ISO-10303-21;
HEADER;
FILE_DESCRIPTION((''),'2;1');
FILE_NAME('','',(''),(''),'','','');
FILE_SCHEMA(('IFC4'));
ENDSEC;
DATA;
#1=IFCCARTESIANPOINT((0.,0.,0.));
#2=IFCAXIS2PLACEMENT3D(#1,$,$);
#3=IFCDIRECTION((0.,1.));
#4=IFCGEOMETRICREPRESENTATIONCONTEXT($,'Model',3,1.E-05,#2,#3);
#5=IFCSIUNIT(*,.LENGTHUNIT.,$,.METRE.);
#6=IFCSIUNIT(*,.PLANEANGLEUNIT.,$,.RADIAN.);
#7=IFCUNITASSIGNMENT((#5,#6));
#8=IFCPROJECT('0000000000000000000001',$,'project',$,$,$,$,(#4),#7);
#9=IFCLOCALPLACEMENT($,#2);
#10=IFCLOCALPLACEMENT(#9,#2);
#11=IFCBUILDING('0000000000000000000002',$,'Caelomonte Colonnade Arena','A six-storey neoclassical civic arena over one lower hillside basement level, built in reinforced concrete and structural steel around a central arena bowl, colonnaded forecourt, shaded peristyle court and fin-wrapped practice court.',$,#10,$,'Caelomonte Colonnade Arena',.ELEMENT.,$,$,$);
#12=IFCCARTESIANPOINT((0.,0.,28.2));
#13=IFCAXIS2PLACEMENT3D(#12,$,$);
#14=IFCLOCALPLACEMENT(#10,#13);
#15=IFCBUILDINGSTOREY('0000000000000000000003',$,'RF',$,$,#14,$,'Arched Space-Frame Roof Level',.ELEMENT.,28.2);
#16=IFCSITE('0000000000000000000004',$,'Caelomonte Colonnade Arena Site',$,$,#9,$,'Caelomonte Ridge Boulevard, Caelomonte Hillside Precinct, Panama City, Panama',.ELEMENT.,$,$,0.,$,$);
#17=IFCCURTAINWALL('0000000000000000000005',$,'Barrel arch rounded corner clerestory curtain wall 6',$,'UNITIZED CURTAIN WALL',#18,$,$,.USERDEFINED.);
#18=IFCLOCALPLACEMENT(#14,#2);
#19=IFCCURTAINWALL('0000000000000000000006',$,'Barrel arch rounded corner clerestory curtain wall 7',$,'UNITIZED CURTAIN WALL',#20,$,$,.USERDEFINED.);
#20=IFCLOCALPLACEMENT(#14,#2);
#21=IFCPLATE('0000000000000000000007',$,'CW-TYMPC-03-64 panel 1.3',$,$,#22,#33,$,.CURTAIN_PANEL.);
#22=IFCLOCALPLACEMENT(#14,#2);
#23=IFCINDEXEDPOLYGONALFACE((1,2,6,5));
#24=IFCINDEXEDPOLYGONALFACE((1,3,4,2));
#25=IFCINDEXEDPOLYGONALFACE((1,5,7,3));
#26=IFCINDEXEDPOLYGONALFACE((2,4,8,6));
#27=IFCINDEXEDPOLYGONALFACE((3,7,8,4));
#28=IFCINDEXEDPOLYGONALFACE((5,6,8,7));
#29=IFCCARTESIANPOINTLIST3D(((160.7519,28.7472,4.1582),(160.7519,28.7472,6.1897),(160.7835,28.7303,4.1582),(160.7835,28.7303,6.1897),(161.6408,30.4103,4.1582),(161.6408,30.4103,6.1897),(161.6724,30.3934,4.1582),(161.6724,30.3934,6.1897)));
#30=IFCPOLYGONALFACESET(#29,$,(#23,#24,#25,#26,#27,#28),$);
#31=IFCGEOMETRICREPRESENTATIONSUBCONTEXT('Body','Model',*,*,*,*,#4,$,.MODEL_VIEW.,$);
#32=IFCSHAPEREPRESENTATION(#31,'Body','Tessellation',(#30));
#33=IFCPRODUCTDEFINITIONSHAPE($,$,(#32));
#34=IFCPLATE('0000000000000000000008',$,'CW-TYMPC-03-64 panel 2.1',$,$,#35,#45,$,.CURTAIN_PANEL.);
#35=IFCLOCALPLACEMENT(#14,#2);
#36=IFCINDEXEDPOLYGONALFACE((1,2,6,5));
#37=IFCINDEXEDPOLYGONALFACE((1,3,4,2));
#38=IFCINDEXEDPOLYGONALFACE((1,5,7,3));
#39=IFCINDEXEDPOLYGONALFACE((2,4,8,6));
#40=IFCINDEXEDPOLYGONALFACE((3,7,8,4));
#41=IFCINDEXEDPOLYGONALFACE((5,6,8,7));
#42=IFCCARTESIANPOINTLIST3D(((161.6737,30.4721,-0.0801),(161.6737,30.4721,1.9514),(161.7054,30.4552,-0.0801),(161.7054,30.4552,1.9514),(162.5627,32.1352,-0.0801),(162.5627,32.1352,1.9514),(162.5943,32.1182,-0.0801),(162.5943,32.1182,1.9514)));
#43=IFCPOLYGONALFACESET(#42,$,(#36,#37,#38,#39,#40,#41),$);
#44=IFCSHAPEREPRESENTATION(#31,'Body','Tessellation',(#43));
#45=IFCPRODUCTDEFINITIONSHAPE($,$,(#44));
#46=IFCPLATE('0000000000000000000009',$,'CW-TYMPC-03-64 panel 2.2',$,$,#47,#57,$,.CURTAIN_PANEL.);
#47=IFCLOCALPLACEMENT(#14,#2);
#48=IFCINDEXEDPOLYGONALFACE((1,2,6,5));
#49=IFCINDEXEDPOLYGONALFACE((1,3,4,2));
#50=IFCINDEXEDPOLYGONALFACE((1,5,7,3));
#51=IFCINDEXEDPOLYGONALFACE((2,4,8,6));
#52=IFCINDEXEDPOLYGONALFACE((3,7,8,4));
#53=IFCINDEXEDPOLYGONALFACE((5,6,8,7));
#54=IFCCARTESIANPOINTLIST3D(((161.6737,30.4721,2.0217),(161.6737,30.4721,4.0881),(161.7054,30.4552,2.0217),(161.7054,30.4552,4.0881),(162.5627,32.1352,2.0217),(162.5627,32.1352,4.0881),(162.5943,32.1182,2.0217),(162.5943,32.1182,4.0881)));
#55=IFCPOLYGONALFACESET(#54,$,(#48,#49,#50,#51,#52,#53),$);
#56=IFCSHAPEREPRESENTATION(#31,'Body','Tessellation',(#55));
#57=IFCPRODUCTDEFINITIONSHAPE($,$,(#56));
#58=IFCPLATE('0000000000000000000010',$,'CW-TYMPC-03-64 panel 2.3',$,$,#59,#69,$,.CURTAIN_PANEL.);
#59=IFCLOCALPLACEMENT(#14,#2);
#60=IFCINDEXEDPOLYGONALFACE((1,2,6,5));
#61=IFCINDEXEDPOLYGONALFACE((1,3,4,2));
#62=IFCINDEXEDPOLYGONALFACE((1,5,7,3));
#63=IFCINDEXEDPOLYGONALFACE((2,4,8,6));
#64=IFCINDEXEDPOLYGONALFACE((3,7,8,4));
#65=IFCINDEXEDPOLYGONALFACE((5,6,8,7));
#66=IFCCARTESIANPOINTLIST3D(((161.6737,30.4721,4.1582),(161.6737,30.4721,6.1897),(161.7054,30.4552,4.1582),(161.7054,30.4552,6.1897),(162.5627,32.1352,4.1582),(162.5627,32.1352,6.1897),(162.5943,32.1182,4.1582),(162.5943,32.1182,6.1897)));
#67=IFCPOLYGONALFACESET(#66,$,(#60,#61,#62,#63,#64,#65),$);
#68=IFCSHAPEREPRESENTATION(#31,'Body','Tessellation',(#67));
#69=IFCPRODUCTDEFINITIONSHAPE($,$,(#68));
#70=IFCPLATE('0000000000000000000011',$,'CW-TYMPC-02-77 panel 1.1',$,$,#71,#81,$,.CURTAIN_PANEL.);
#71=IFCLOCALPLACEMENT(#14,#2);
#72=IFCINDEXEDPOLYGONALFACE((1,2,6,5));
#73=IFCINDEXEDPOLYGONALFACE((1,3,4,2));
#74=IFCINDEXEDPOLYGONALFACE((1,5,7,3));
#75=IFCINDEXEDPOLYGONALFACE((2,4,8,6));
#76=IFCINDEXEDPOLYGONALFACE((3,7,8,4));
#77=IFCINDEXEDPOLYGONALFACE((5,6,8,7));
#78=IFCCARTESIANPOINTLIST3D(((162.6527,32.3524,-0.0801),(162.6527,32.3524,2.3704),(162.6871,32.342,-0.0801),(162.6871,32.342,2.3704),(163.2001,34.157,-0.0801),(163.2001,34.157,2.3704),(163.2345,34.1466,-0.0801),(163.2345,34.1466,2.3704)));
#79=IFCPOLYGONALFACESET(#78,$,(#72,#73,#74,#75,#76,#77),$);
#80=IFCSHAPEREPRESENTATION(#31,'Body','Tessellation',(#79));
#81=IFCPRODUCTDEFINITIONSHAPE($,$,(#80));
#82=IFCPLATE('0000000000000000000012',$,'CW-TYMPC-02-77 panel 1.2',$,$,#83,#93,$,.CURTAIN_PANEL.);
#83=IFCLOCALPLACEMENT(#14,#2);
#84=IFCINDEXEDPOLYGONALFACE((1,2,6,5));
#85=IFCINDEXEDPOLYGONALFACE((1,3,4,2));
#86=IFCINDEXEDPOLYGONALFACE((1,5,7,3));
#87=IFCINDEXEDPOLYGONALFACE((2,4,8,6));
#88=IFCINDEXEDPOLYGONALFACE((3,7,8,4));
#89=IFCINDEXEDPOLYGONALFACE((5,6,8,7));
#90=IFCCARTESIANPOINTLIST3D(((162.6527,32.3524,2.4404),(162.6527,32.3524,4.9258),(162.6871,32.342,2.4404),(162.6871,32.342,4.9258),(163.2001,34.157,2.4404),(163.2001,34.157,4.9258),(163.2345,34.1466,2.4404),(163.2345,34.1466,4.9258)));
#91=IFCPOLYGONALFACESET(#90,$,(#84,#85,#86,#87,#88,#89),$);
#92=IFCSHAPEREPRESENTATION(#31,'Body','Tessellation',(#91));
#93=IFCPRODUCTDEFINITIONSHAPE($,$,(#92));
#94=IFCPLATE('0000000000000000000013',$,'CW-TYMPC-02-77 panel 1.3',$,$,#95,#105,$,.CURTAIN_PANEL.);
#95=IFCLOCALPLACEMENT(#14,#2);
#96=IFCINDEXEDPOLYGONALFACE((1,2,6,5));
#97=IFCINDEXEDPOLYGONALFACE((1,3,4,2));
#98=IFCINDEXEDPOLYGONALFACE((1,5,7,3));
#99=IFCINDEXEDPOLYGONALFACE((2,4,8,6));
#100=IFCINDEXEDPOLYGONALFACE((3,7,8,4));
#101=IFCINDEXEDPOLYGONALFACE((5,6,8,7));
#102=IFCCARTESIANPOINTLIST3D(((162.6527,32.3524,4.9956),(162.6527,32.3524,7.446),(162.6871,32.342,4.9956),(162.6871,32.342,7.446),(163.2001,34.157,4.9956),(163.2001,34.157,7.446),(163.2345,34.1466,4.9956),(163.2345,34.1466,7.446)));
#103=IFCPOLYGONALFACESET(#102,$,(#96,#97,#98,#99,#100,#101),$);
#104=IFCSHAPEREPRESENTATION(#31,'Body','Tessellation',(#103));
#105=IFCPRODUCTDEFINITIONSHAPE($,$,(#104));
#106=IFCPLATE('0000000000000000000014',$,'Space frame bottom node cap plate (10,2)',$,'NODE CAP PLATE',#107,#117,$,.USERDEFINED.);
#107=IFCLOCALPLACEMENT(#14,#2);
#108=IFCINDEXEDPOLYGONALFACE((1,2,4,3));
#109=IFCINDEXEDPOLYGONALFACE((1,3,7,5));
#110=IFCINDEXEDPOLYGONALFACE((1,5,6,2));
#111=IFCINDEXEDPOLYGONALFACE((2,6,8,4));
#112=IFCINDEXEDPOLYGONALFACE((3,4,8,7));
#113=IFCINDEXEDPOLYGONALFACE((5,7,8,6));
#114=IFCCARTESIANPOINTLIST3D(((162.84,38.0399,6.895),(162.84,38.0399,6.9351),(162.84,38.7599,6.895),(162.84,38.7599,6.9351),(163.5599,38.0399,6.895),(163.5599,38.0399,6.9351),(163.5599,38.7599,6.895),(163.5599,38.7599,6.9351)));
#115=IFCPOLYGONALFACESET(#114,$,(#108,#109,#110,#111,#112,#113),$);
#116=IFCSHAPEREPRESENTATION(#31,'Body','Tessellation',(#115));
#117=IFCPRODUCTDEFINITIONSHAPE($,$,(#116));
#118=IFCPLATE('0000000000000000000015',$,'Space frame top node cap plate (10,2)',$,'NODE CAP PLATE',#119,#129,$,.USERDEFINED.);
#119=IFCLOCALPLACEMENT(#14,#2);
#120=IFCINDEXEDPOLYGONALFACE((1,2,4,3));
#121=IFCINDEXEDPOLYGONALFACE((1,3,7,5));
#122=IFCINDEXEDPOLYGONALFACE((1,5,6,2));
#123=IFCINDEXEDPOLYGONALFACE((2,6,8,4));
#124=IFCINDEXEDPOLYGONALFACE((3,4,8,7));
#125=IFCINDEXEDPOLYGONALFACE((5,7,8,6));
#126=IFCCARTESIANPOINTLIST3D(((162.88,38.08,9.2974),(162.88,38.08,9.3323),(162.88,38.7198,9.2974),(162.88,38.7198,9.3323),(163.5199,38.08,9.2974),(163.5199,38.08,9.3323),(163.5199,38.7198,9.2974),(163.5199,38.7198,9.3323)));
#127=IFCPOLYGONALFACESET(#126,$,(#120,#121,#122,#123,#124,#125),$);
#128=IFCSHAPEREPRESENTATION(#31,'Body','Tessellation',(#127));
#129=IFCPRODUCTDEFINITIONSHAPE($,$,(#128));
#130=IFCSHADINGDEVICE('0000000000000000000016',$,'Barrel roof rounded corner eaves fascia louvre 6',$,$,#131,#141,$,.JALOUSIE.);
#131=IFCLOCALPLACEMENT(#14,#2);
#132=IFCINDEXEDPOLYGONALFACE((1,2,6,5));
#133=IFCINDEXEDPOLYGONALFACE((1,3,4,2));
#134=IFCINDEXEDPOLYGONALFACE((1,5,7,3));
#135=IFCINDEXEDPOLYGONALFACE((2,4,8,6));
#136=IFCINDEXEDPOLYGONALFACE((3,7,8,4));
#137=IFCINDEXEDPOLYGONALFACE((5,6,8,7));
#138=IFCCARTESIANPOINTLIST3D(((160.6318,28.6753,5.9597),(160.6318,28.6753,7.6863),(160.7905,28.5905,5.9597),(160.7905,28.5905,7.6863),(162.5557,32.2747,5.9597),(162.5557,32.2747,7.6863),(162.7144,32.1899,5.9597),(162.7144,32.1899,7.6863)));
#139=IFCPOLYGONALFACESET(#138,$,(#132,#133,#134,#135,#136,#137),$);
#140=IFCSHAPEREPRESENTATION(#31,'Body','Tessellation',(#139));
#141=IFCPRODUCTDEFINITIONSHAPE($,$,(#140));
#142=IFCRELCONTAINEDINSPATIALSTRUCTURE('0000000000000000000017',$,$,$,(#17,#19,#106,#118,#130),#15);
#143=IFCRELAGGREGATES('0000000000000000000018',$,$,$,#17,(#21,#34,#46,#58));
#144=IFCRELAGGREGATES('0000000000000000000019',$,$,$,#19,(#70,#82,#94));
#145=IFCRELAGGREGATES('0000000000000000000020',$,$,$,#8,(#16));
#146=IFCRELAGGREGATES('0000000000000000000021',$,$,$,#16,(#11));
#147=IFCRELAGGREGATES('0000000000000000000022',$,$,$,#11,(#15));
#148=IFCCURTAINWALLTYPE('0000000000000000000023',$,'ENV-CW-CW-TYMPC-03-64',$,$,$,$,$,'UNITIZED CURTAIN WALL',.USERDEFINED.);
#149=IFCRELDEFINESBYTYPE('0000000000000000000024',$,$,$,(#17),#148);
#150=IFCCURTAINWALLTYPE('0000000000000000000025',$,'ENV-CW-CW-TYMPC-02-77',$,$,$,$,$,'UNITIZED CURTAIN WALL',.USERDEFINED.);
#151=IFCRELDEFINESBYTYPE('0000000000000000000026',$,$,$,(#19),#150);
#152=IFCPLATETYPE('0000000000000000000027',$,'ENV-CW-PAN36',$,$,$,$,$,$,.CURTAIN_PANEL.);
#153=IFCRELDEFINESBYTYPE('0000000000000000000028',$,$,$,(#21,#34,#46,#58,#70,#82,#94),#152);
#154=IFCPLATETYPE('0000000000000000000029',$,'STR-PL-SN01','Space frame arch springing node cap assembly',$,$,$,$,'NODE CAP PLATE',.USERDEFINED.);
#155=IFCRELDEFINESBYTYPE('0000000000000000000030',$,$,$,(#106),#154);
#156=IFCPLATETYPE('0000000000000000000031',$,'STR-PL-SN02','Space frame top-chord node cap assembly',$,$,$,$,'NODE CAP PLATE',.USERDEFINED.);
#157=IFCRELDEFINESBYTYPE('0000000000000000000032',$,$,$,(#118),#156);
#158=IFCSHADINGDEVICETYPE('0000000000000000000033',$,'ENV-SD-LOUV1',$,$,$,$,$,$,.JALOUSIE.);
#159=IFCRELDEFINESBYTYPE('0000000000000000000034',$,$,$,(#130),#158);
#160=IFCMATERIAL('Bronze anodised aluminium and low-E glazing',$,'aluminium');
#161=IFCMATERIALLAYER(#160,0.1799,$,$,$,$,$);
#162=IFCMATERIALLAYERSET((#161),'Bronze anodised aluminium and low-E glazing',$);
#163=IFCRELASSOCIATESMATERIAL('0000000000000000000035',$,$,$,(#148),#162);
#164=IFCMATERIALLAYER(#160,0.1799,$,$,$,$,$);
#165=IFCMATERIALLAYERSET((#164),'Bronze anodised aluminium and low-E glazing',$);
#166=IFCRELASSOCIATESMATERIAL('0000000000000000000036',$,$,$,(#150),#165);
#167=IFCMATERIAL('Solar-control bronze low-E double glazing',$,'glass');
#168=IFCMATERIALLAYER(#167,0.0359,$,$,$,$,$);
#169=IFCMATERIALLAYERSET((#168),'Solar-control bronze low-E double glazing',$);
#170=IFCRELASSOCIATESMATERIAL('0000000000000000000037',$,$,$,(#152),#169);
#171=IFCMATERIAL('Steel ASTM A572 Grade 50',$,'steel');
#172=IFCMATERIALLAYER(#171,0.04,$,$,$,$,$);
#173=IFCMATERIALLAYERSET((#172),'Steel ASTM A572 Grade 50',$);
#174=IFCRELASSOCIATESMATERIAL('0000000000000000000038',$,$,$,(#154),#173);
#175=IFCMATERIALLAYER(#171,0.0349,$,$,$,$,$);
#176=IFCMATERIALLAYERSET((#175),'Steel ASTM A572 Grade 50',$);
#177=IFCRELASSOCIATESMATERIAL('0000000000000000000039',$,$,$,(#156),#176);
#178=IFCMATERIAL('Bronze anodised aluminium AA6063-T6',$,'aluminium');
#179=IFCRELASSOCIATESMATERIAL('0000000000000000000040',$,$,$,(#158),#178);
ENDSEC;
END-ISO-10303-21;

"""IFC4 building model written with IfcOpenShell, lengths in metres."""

from ifc_helpers import new_model, si_unit, direction, frame, origin, origin_2d, place, context, subcontext, project, spatial, rectangle, extrude, material, layer, layer_set, type_object, element, aggregate, save


model = new_model("IFC4")

# Units and contexts
model_context = context("Model", 3, precision=1e-05, world=origin(), true_north=direction((0.0, 1.0)))
body_context = subcontext(model_context, "Body", "Model", "MODEL_VIEW")
ifc_project = project(units=[si_unit("LENGTHUNIT", "METRE"), si_unit("PLANEANGLEUNIT", "RADIAN")], contexts=[model_context])

# Site, building, storey
site_placement = place(None, origin())
site = spatial("IfcSite", under=ifc_project, at=site_placement, Name="Caelomonte Colonnade Arena Site", LongName="Caelomonte Ridge Boulevard, Caelomonte Hillside Precinct, Panama City, Panama", CompositionType="ELEMENT", RefElevation=0.0)
building_placement = place(site_placement, origin())
building = spatial("IfcBuilding", under=site, at=building_placement, Name="Caelomonte Colonnade Arena", Description="A six-storey neoclassical civic arena over one lower hillside basement level, built in reinforced concrete and structural steel around a central arena bowl, colonnaded forecourt, shaded peristyle court and fin-wrapped practice court.", LongName="Caelomonte Colonnade Arena", CompositionType="ELEMENT")
storey_placement = place(building_placement, frame((0.0, 0.0, 28.2)))
storey = spatial("IfcBuildingStorey", under=building, at=storey_placement, Name="RF", LongName="Arched Space-Frame Roof Level", CompositionType="ELEMENT", Elevation=28.2)

# Shared definitions
ifc_material_1 = material(Name="Bronze anodised aluminium and low-E glazing", Category="aluminium")
ifc_material_2 = material(Name="Bronze anodised aluminium AA6063-T6", Category="aluminium")

# Curtain wall
ifc_layer_1 = layer(ifc_material_1, 0.1799)
ifc_layer_set_1 = layer_set([ifc_layer_1], Name="Bronze anodised aluminium and low-E glazing")
curtain_wall_type_1 = type_object("IfcCurtainWallType", Name="ENV-CW-CW-TYMPC-03-64", ElementType="UNITIZED CURTAIN WALL", PredefinedType="USERDEFINED", material=ifc_layer_set_1)
curtain_wall_1_placement = place(storey_placement, origin())
curtain_wall_1 = element("IfcCurtainWall", 1, at=curtain_wall_1_placement, inside=storey, type_object=curtain_wall_type_1, Name="Barrel arch rounded corner clerestory curtain wall 6", ObjectType="UNITIZED CURTAIN WALL", PredefinedType="USERDEFINED")

# Curtain wall
ifc_layer_2 = layer(ifc_material_1, 0.1799)
ifc_layer_set_2 = layer_set([ifc_layer_2], Name="Bronze anodised aluminium and low-E glazing")
curtain_wall_type_2 = type_object("IfcCurtainWallType", Name="ENV-CW-CW-TYMPC-02-77", ElementType="UNITIZED CURTAIN WALL", PredefinedType="USERDEFINED", material=ifc_layer_set_2)
curtain_wall_2_placement = place(storey_placement, origin())
curtain_wall_2 = element("IfcCurtainWall", 2, at=curtain_wall_2_placement, inside=storey, type_object=curtain_wall_type_2, Name="Barrel arch rounded corner clerestory curtain wall 7", ObjectType="UNITIZED CURTAIN WALL", PredefinedType="USERDEFINED")

# Plates
ifc_material_3 = material(Name="Solar-control bronze low-E double glazing", Category="glass")
ifc_layer_3 = layer(ifc_material_3, 0.0359)
ifc_layer_set_3 = layer_set([ifc_layer_3], Name="Solar-control bronze low-E double glazing")
plate_type_1 = type_object("IfcPlateType", Name="ENV-CW-PAN36", PredefinedType="CURTAIN_PANEL", material=ifc_layer_set_3)
plate_1_placement = place(storey_placement, frame((161.2122, 29.5703, 4.1582), z_axis=(0.0, 0.0, 1.0), x_axis=(0.471391, 0.881924, 0.0)))
plate_1 = element("IfcPlate", 3, at=plate_1_placement, type_object=plate_type_1, Name="CW-TYMPC-03-64 panel 1.3", PredefinedType="CURTAIN_PANEL", context=body_context, shape_type="SweptSolid", body=[
    extrude(rectangle(XDim=1.8857, YDim=0.0359, at=origin_2d()), origin(), (0.0, 0.0, 1.0), 2.0315),
])
plate_2_placement = place(storey_placement, frame((162.134, 31.2952, -0.0801), z_axis=(0.0, 0.0, 1.0), x_axis=(0.471391, 0.881924, 0.0)))
plate_2 = element("IfcPlate", 4, at=plate_2_placement, type_object=plate_type_1, Name="CW-TYMPC-03-64 panel 2.1", PredefinedType="CURTAIN_PANEL", context=body_context, shape_type="SweptSolid", body=[
    extrude(rectangle(XDim=1.8857, YDim=0.0359, at=origin_2d()), origin(), (0.0, 0.0, 1.0), 2.0315),
])
plate_3_placement = place(storey_placement, frame((162.134, 31.2952, 2.0217), z_axis=(0.0, 0.0, 1.0), x_axis=(0.471391, 0.881924, 0.0)))
plate_3 = element("IfcPlate", 5, at=plate_3_placement, type_object=plate_type_1, Name="CW-TYMPC-03-64 panel 2.2", PredefinedType="CURTAIN_PANEL", context=body_context, shape_type="SweptSolid", body=[
    extrude(rectangle(XDim=1.8857, YDim=0.0359, at=origin_2d()), origin(), (0.0, 0.0, 1.0), 2.0664),
])
plate_4_placement = place(storey_placement, frame((162.134, 31.2952, 4.1582), z_axis=(0.0, 0.0, 1.0), x_axis=(0.471391, 0.881924, 0.0)))
plate_4 = element("IfcPlate", 6, at=plate_4_placement, type_object=plate_type_1, Name="CW-TYMPC-03-64 panel 2.3", PredefinedType="CURTAIN_PANEL", context=body_context, shape_type="SweptSolid", body=[
    extrude(rectangle(XDim=1.8857, YDim=0.0359, at=origin_2d()), origin(), (0.0, 0.0, 1.0), 2.0315),
])
aggregate(curtain_wall_1, [plate_1, plate_2, plate_3, plate_4])
plate_5_placement = place(storey_placement, frame((162.9436, 33.2495, -0.0801), z_axis=(0.0, 0.0, 1.0), x_axis=(0.290266, 0.956946, 0.0)))
plate_5 = element("IfcPlate", 7, at=plate_5_placement, type_object=plate_type_1, Name="CW-TYMPC-02-77 panel 1.1", PredefinedType="CURTAIN_PANEL", context=body_context, shape_type="SweptSolid", body=[
    extrude(rectangle(XDim=1.8857, YDim=0.0359, at=origin_2d()), origin(), (0.0, 0.0, 1.0), 2.4504),
])
plate_6_placement = place(storey_placement, frame((162.9436, 33.2495, 2.4404), z_axis=(0.0, 0.0, 1.0), x_axis=(0.290266, 0.956946, 0.0)))
plate_6 = element("IfcPlate", 8, at=plate_6_placement, type_object=plate_type_1, Name="CW-TYMPC-02-77 panel 1.2", PredefinedType="CURTAIN_PANEL", context=body_context, shape_type="SweptSolid", body=[
    extrude(rectangle(XDim=1.8857, YDim=0.0359, at=origin_2d()), origin(), (0.0, 0.0, 1.0), 2.4854),
])
plate_7_placement = place(storey_placement, frame((162.9436, 33.2495, 4.9956), z_axis=(0.0, 0.0, 1.0), x_axis=(0.290266, 0.956946, 0.0)))
plate_7 = element("IfcPlate", 9, at=plate_7_placement, type_object=plate_type_1, Name="CW-TYMPC-02-77 panel 1.3", PredefinedType="CURTAIN_PANEL", context=body_context, shape_type="SweptSolid", body=[
    extrude(rectangle(XDim=1.8857, YDim=0.0359, at=origin_2d()), origin(), (0.0, 0.0, 1.0), 2.4504),
])
aggregate(curtain_wall_2, [plate_5, plate_6, plate_7])

# Plates
ifc_material_4 = material(Name="Steel ASTM A572 Grade 50", Category="steel")
ifc_layer_4 = layer(ifc_material_4, 0.04)
ifc_layer_set_4 = layer_set([ifc_layer_4], Name="Steel ASTM A572 Grade 50")
plate_type_2 = type_object("IfcPlateType", Name="STR-PL-SN01", Description="Space frame arch springing node cap assembly", ElementType="NODE CAP PLATE", PredefinedType="USERDEFINED", material=ifc_layer_set_4)
plate_8_placement = place(storey_placement, frame((163.2, 38.3999, 6.895), z_axis=(0.0, 0.0, 1.0), x_axis=(1.0, 0.0, 0.0)))
element("IfcPlate", 10, at=plate_8_placement, inside=storey, type_object=plate_type_2, Name="Space frame bottom node cap plate (10,2)", ObjectType="NODE CAP PLATE", PredefinedType="USERDEFINED", context=body_context, shape_type="SweptSolid", body=[
    extrude(rectangle(XDim=0.72, YDim=0.72, at=origin_2d()), origin(), (0.0, 0.0, 1.0), 0.04),
])
ifc_layer_5 = layer(ifc_material_4, 0.0349)
ifc_layer_set_5 = layer_set([ifc_layer_5], Name="Steel ASTM A572 Grade 50")
plate_type_3 = type_object("IfcPlateType", Name="STR-PL-SN02", Description="Space frame top-chord node cap assembly", ElementType="NODE CAP PLATE", PredefinedType="USERDEFINED", material=ifc_layer_set_5)
plate_9_placement = place(storey_placement, frame((163.2, 38.3999, 9.2974), z_axis=(0.0, 0.0, 1.0), x_axis=(1.0, 0.0, 0.0)))
element("IfcPlate", 11, at=plate_9_placement, inside=storey, type_object=plate_type_3, Name="Space frame top node cap plate (10,2)", ObjectType="NODE CAP PLATE", PredefinedType="USERDEFINED", context=body_context, shape_type="SweptSolid", body=[
    extrude(rectangle(XDim=0.6399, YDim=0.6399, at=origin_2d()), origin(), (0.0, 0.0, 1.0), 0.0349),
])

# Shading device
shading_device_type = type_object("IfcShadingDeviceType", Name="ENV-SD-LOUV1", PredefinedType="JALOUSIE", material=ifc_material_2)
shading_device_placement = place(storey_placement, frame((161.6731, 30.4326, 5.9597), z_axis=(0.0, 0.0, 1.0), x_axis=(0.471401, 0.881919, 0.0)))
element("IfcShadingDevice", 12, at=shading_device_placement, inside=storey, type_object=shading_device_type, Name="Barrel roof rounded corner eaves fascia louvre 6", PredefinedType="JALOUSIE", context=body_context, shape_type="SweptSolid", body=[
    extrude(rectangle(XDim=4.0813, YDim=0.1799, at=origin_2d()), origin(), (0.0, 0.0, 1.0), 1.7266),
])

save(model, "model.ifc")
